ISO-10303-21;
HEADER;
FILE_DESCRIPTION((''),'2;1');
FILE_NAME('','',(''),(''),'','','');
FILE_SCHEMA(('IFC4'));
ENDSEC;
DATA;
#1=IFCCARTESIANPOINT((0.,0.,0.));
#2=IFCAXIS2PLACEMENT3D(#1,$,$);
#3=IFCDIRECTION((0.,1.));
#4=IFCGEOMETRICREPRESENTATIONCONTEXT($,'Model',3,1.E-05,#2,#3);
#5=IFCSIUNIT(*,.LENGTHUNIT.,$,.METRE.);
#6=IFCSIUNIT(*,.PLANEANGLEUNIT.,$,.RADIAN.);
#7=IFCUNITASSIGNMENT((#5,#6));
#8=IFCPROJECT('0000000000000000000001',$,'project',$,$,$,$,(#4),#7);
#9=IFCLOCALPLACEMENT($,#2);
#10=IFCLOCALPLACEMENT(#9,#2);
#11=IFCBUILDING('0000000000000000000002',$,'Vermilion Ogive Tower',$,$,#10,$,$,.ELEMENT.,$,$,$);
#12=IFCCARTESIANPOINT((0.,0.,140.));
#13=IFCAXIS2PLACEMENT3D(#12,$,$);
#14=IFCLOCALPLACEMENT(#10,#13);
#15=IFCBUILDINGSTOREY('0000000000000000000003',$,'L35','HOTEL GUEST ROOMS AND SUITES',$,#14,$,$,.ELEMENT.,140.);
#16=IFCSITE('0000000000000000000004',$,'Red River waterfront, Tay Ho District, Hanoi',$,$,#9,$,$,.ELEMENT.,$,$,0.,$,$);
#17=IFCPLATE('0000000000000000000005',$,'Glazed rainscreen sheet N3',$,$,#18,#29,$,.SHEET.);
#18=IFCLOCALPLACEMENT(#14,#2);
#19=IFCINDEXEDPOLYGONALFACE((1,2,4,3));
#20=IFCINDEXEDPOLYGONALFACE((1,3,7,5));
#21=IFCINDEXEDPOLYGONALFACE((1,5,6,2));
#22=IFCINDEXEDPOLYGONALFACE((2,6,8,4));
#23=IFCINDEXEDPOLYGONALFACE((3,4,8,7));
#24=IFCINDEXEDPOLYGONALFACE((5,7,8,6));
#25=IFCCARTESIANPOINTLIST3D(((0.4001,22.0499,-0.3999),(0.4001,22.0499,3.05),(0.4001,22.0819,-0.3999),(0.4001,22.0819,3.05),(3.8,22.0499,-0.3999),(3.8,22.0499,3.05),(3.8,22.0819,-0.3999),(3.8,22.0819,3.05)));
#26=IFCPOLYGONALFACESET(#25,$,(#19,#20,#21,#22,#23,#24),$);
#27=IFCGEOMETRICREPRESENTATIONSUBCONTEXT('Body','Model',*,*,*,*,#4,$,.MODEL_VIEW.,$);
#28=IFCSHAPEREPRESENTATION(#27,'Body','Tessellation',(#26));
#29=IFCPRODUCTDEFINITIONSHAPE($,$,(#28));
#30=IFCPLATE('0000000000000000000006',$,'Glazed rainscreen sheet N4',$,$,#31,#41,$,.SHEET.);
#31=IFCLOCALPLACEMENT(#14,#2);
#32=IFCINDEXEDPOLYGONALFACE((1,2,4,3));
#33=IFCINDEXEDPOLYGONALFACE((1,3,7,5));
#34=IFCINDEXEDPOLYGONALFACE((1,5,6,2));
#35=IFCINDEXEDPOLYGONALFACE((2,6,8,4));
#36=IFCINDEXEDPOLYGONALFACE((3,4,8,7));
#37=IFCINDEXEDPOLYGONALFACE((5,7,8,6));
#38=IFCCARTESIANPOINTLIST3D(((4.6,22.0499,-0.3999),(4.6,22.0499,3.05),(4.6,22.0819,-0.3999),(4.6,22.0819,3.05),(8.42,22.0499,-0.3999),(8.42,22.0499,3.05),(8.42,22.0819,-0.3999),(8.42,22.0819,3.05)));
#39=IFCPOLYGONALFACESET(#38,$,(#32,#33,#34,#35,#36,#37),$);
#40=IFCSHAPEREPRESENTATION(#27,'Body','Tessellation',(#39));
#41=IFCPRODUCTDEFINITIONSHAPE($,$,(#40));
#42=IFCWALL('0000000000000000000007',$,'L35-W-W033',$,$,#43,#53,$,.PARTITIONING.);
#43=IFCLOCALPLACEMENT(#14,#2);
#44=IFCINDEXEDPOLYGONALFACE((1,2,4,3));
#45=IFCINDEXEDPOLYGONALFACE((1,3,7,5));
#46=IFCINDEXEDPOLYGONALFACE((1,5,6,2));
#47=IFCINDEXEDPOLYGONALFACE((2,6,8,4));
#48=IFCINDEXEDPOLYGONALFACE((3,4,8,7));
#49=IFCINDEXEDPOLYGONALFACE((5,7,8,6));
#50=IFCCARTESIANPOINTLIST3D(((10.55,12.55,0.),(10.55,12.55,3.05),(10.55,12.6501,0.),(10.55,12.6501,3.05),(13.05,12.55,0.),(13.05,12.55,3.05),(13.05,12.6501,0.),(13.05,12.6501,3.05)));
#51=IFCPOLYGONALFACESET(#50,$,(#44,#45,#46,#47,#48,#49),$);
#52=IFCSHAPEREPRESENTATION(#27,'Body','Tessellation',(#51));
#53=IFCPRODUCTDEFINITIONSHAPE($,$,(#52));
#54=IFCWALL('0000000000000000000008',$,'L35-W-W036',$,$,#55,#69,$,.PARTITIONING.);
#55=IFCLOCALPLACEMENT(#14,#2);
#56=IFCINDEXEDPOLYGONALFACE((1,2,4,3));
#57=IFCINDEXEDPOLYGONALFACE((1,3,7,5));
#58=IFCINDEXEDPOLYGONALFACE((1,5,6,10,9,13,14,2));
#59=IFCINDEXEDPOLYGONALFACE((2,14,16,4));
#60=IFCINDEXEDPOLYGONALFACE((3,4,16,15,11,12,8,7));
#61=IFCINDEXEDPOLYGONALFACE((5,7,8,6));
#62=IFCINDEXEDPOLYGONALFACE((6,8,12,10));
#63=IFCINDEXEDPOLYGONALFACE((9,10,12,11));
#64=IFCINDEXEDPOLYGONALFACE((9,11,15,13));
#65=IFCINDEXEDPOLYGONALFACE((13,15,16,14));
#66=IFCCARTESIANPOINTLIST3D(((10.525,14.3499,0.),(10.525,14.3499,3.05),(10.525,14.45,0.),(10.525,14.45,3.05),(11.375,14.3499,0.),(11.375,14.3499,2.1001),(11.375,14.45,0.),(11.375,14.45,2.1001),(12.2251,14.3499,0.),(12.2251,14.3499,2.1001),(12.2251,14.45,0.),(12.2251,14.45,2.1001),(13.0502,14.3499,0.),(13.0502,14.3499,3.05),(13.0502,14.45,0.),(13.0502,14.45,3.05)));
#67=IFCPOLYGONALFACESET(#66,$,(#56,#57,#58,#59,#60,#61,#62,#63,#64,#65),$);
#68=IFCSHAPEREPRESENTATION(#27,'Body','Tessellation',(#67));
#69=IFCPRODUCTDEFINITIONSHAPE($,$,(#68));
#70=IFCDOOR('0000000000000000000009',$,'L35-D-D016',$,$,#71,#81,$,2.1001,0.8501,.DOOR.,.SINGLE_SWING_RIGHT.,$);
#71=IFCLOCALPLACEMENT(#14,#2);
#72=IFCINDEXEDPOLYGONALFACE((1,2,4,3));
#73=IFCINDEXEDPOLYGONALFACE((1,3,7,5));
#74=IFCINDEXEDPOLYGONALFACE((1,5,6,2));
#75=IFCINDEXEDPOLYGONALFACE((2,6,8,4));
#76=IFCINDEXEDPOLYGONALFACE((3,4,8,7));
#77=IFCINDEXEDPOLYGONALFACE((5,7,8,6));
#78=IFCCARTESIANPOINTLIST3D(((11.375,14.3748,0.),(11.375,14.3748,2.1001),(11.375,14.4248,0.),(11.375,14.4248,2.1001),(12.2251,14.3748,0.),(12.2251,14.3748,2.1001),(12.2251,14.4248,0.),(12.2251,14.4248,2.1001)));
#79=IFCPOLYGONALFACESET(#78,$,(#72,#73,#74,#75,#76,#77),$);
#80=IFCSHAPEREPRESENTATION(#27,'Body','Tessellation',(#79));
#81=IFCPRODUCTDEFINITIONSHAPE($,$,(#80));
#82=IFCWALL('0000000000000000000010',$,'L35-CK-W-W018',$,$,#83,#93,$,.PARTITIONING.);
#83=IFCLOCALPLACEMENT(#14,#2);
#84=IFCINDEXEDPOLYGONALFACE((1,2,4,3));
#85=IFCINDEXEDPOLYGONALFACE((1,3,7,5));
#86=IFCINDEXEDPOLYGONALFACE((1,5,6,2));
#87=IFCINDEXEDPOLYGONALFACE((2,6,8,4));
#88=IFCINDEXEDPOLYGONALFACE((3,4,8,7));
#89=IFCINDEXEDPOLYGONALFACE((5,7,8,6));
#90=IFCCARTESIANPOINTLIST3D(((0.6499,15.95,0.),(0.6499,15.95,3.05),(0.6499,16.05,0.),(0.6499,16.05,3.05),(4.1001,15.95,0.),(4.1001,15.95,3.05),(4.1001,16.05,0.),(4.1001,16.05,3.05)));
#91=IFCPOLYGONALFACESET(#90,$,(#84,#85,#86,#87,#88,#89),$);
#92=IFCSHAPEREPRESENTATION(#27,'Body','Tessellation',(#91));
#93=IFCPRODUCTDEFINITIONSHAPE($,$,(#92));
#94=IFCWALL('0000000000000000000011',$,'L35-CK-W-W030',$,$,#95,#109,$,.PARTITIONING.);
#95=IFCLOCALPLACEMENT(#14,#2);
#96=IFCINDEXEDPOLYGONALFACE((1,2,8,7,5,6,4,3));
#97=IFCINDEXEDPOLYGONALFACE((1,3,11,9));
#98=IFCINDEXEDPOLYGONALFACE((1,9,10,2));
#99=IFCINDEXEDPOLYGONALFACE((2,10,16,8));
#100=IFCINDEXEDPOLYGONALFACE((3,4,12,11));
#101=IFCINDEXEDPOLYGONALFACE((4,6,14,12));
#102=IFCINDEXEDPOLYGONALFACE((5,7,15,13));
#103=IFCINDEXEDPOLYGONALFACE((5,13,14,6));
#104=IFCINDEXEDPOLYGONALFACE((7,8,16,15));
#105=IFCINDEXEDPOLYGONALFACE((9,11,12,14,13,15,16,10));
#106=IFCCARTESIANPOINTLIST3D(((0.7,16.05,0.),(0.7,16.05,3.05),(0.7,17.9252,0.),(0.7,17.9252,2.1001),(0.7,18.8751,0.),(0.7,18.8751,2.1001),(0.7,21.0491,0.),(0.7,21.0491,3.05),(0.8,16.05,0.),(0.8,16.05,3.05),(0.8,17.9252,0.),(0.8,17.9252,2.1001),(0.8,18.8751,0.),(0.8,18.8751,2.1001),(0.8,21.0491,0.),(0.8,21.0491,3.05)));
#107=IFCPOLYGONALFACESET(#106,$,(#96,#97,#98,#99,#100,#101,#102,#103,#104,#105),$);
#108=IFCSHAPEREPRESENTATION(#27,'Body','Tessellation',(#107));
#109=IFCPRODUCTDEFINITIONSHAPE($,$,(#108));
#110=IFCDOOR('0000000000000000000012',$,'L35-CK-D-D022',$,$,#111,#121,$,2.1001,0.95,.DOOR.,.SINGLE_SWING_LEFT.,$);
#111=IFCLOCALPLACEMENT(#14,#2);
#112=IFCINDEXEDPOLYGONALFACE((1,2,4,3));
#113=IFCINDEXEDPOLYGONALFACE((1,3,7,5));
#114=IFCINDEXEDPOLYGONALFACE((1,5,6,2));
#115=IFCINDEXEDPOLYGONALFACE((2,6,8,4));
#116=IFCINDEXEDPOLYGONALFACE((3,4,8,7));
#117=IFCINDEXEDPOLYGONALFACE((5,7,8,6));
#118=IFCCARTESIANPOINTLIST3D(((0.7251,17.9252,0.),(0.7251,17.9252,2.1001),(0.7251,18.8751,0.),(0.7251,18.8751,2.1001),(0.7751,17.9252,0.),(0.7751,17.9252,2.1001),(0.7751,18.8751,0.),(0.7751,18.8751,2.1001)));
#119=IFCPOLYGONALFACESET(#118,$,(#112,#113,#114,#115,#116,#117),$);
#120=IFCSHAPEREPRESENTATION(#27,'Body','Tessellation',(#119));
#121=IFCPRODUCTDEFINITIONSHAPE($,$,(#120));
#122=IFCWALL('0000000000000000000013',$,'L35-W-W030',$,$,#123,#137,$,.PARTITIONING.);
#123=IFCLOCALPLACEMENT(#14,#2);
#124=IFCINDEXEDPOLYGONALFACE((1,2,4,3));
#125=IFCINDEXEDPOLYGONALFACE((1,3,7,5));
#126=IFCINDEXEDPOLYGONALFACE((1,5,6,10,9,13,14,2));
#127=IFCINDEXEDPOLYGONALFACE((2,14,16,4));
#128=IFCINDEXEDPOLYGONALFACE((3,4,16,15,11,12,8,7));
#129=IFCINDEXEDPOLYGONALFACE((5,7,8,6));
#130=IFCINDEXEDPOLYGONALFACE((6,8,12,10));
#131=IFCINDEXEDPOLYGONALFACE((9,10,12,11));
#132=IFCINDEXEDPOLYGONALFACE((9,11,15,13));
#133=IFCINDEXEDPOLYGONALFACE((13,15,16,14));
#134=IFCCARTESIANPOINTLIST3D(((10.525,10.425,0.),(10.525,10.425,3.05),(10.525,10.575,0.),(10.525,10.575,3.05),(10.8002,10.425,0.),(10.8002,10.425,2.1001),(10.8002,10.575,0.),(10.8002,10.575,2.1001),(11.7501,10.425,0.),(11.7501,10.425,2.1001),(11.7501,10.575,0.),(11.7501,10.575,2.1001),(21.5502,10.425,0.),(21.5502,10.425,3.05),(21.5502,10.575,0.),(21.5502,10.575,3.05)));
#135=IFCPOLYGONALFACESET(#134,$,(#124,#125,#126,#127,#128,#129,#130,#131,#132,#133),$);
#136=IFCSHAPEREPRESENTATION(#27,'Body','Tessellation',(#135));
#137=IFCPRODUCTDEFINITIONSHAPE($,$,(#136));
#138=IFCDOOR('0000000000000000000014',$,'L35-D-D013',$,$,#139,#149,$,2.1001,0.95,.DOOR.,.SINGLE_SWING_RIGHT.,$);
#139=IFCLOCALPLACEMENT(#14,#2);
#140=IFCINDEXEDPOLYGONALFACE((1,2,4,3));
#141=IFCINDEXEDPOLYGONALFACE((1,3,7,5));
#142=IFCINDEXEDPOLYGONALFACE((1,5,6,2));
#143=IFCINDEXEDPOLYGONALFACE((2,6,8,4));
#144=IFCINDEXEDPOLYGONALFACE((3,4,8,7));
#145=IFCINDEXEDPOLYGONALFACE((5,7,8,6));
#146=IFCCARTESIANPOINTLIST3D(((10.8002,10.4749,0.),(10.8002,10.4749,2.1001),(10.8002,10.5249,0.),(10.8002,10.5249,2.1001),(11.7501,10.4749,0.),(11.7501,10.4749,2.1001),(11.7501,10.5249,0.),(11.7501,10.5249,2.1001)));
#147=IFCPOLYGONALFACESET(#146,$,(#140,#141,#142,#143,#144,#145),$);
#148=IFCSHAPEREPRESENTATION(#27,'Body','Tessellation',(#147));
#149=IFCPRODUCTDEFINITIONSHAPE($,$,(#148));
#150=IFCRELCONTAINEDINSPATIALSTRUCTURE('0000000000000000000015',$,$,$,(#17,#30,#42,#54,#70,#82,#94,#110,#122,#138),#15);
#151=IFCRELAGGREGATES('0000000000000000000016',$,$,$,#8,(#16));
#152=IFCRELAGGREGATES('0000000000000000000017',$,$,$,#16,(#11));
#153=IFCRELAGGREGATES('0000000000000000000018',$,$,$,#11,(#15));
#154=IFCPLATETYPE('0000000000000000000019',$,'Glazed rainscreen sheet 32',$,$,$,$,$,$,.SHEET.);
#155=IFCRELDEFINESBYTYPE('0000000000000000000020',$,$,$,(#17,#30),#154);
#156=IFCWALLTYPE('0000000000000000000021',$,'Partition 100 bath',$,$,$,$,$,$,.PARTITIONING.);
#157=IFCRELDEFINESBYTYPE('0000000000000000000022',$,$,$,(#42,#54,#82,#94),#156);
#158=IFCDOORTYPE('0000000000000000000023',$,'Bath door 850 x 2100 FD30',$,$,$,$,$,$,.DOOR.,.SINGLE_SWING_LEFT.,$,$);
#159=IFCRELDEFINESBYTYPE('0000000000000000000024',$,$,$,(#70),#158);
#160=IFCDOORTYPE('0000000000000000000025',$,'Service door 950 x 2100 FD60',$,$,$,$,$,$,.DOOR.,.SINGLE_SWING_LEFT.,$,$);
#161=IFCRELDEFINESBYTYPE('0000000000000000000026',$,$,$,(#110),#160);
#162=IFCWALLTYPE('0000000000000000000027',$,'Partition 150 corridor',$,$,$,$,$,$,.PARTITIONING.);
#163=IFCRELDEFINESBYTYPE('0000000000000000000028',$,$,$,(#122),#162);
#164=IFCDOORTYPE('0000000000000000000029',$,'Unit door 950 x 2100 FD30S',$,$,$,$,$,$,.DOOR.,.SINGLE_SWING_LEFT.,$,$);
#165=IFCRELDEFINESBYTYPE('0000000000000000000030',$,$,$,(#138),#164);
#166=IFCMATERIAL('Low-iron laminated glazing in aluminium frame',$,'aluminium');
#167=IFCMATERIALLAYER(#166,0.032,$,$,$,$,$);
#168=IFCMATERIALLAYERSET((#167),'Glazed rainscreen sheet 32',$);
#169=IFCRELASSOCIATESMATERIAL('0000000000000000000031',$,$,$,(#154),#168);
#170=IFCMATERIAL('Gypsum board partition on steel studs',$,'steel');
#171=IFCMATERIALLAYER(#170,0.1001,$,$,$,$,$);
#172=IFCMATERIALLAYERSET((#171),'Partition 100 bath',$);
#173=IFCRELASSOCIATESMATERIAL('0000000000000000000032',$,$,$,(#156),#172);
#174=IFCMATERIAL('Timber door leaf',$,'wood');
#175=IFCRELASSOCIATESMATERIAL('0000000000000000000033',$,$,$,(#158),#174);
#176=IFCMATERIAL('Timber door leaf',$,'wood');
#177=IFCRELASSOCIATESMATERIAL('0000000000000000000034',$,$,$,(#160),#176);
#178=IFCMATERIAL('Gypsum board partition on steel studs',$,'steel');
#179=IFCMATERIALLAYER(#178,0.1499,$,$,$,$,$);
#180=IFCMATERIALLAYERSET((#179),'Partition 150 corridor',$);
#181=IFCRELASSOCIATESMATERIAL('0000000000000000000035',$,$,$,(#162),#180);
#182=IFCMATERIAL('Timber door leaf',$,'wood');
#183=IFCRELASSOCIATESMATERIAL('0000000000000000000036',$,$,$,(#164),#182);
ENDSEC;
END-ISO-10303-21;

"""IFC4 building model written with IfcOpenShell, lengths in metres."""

from ifc_helpers import new_model, si_unit, direction, frame, frame_2d, origin, origin_2d, place, context, subcontext, project, spatial, rectangle, extrude, material, layer, layer_set, type_object, element, fill, save


model = new_model("IFC4")

# Units and contexts
model_context = context("Model", 3, precision=1e-05, world=origin(), true_north=direction((0.0, 1.0)))
body_context = subcontext(model_context, "Body", "Model", "MODEL_VIEW")
ifc_project = project(units=[si_unit("LENGTHUNIT", "METRE"), si_unit("PLANEANGLEUNIT", "RADIAN")], contexts=[model_context])

# Site, building, storey
site_placement = place(None, origin())
site = spatial("IfcSite", under=ifc_project, at=site_placement, Name="Red River waterfront, Tay Ho District, Hanoi", CompositionType="ELEMENT", RefElevation=0.0)
building_placement = place(site_placement, origin())
building = spatial("IfcBuilding", under=site, at=building_placement, Name="Vermilion Ogive Tower", CompositionType="ELEMENT")
storey_placement = place(building_placement, frame((0.0, 0.0, 140.0)))
storey = spatial("IfcBuildingStorey", under=building, at=storey_placement, Name="L35", Description="HOTEL GUEST ROOMS AND SUITES", CompositionType="ELEMENT", Elevation=140.0)

# Plates
ifc_material_1 = material(Name="Low-iron laminated glazing in aluminium frame", Category="aluminium")
ifc_layer_1 = layer(ifc_material_1, 0.032)
ifc_layer_set_1 = layer_set([ifc_layer_1], Name="Glazed rainscreen sheet 32")
plate_type = type_object("IfcPlateType", Name="Glazed rainscreen sheet 32", PredefinedType="SHEET", material=ifc_layer_set_1)
plate_1_placement = place(storey_placement, frame((2.1001, 22.0659, -0.3999), z_axis=(0.0, 0.0, 1.0), x_axis=(1.0, 0.0, 0.0)))
element("IfcPlate", 1, at=plate_1_placement, inside=storey, type_object=plate_type, Name="Glazed rainscreen sheet N3", PredefinedType="SHEET", context=body_context, shape_type="SweptSolid", body=[
    extrude(rectangle(XDim=3.3999, YDim=0.032, at=origin_2d()), origin(), (0.0, 0.0, 1.0), 3.45),
])
plate_2_placement = place(storey_placement, frame((6.51, 22.0659, -0.3999), z_axis=(0.0, 0.0, 1.0), x_axis=(1.0, 0.0, 0.0)))
element("IfcPlate", 2, at=plate_2_placement, inside=storey, type_object=plate_type, Name="Glazed rainscreen sheet N4", PredefinedType="SHEET", context=body_context, shape_type="SweptSolid", body=[
    extrude(rectangle(XDim=3.8201, YDim=0.032, at=origin_2d()), origin(), (0.0, 0.0, 1.0), 3.45),
])

# Wall
ifc_material_2 = material(Name="Gypsum board partition on steel studs", Category="steel")
ifc_layer_2 = layer(ifc_material_2, 0.1001)
ifc_layer_set_2 = layer_set([ifc_layer_2], Name="Partition 100 bath")
wall_type_1 = type_object("IfcWallType", Name="Partition 100 bath", PredefinedType="PARTITIONING", material=ifc_layer_set_2)
wall_1_placement = place(storey_placement, frame((10.55, 12.6001, 0.0), z_axis=(0.0, 0.0, 1.0), x_axis=(1.0, 0.0, 0.0)))
element("IfcWall", 3, at=wall_1_placement, inside=storey, type_object=wall_type_1, Name="L35-W-W033", PredefinedType="PARTITIONING", context=body_context, shape_type="SweptSolid", body=[
    extrude(rectangle(XDim=2.5, YDim=0.1001, at=frame_2d((1.25, 0.0))), origin(), (0.0, 0.0, 1.0), 3.05),
])

# Wall, opening, door
wall_2_placement = place(storey_placement, frame((10.5249, 14.3999, 0.0), z_axis=(0.0, 0.0, 1.0), x_axis=(1.0, 0.0, 0.0)))
wall_2 = element("IfcWall", 4, at=wall_2_placement, inside=storey, type_object=wall_type_1, Name="L35-W-W036", PredefinedType="PARTITIONING", context=body_context, shape_type="SweptSolid", body=[
    extrude(rectangle(XDim=2.5251, YDim=0.1001, at=frame_2d((1.2627, 0.0))), origin(), (0.0, 0.0, 1.0), 3.05),
])
opening_1_placement = place(wall_2_placement, frame((0.8501, 0.0, 0.0)))
opening_1 = element("IfcOpeningElement", 5, at=opening_1_placement, cuts=wall_2, PredefinedType="OPENING", context=body_context, shape_type="SweptSolid", body=[
    extrude(rectangle(XDim=0.8501, YDim=2.1001, at=frame_2d((0.425, 1.05))), frame((0.0, 0.0601, 0.0), z_axis=(0.0, -1.0, 0.0), x_axis=(1.0, 0.0, 0.0)), (0.0, 0.0, 1.0), 0.1201),
])
ifc_material_3 = material(Name="Timber door leaf", Category="wood")
door_type_1 = type_object("IfcDoorType", Name="Bath door 850 x 2100 FD30", OperationType="SINGLE_SWING_LEFT", PredefinedType="DOOR", material=ifc_material_3)
door_1_placement = place(opening_1_placement, origin())
door_1 = element("IfcDoor", 6, at=door_1_placement, inside=storey, type_object=door_type_1, Name="L35-D-D016", OperationType="SINGLE_SWING_RIGHT", OverallHeight=2.1001, OverallWidth=0.8501, PredefinedType="DOOR", context=body_context, shape_type="SweptSolid", body=[
    extrude(rectangle(XDim=0.8501, YDim=2.1001, at=frame_2d((0.425, 1.05))), frame((0.0, 0.0249, 0.0), z_axis=(0.0, -1.0, 0.0), x_axis=(1.0, 0.0, 0.0)), (0.0, 0.0, 1.0), 0.05),
])
fill(opening_1, door_1)

# Wall
wall_3_placement = place(storey_placement, frame((0.6499, 16.0, 0.0), z_axis=(0.0, 0.0, 1.0), x_axis=(1.0, 0.0, 0.0)))
element("IfcWall", 7, at=wall_3_placement, inside=storey, type_object=wall_type_1, Name="L35-CK-W-W018", PredefinedType="PARTITIONING", context=body_context, shape_type="SweptSolid", body=[
    extrude(rectangle(XDim=3.4502, YDim=0.1001, at=frame_2d((1.7251, 0.0))), origin(), (0.0, 0.0, 1.0), 3.05),
])

# Walls, openings, doors
wall_4_placement = place(storey_placement, frame((0.75, 16.05, 0.0), z_axis=(0.0, 0.0, 1.0), x_axis=(0.0, 1.0, 0.0)))
wall_4 = element("IfcWall", 8, at=wall_4_placement, inside=storey, type_object=wall_type_1, Name="L35-CK-W-W030", PredefinedType="PARTITIONING", context=body_context, shape_type="SweptSolid", body=[
    extrude(rectangle(XDim=4.999, YDim=0.1001, at=frame_2d((2.4995, 0.0))), origin(), (0.0, 0.0, 1.0), 3.05),
])
opening_2_placement = place(wall_4_placement, frame((1.875, 0.0, 0.0)))
opening_2 = element("IfcOpeningElement", 9, at=opening_2_placement, cuts=wall_4, PredefinedType="OPENING", context=body_context, shape_type="SweptSolid", body=[
    extrude(rectangle(XDim=0.95, YDim=2.1001, at=frame_2d((0.4751, 1.05))), frame((0.0, 0.0601, 0.0), z_axis=(0.0, -1.0, 0.0), x_axis=(1.0, 0.0, 0.0)), (0.0, 0.0, 1.0), 0.1201),
])
ifc_material_4 = material(Name="Timber door leaf", Category="wood")
door_type_2 = type_object("IfcDoorType", Name="Service door 950 x 2100 FD60", OperationType="SINGLE_SWING_LEFT", PredefinedType="DOOR", material=ifc_material_4)
door_2_placement = place(opening_2_placement, origin())
door_2 = element("IfcDoor", 10, at=door_2_placement, inside=storey, type_object=door_type_2, Name="L35-CK-D-D022", OperationType="SINGLE_SWING_LEFT", OverallHeight=2.1001, OverallWidth=0.95, PredefinedType="DOOR", context=body_context, shape_type="SweptSolid", body=[
    extrude(rectangle(XDim=0.95, YDim=2.1001, at=frame_2d((0.4751, 1.05))), frame((0.0, 0.0249, 0.0), z_axis=(0.0, -1.0, 0.0), x_axis=(1.0, 0.0, 0.0)), (0.0, 0.0, 1.0), 0.05),
])
fill(opening_2, door_2)
ifc_material_5 = material(Name="Gypsum board partition on steel studs", Category="steel")
ifc_layer_3 = layer(ifc_material_5, 0.1499)
ifc_layer_set_3 = layer_set([ifc_layer_3], Name="Partition 150 corridor")
wall_type_2 = type_object("IfcWallType", Name="Partition 150 corridor", PredefinedType="PARTITIONING", material=ifc_layer_set_3)
wall_5_placement = place(storey_placement, frame((10.5249, 10.5, 0.0), z_axis=(0.0, 0.0, 1.0), x_axis=(1.0, 0.0, 0.0)))
wall_5 = element("IfcWall", 11, at=wall_5_placement, inside=storey, type_object=wall_type_2, Name="L35-W-W030", PredefinedType="PARTITIONING", context=body_context, shape_type="SweptSolid", body=[
    extrude(rectangle(XDim=11.0251, YDim=0.1499, at=frame_2d((5.5127, 0.0))), origin(), (0.0, 0.0, 1.0), 3.05),
])
opening_3_placement = place(wall_5_placement, frame((0.2751, 0.0, 0.0)))
opening_3 = element("IfcOpeningElement", 12, at=opening_3_placement, cuts=wall_5, PredefinedType="OPENING", context=body_context, shape_type="SweptSolid", body=[
    extrude(rectangle(XDim=0.95, YDim=2.1001, at=frame_2d((0.4751, 1.05))), frame((0.0, 0.085, 0.0), z_axis=(0.0, -1.0, 0.0), x_axis=(1.0, 0.0, 0.0)), (0.0, 0.0, 1.0), 0.1699),
])
ifc_material_6 = material(Name="Timber door leaf", Category="wood")
door_type_3 = type_object("IfcDoorType", Name="Unit door 950 x 2100 FD30S", OperationType="SINGLE_SWING_LEFT", PredefinedType="DOOR", material=ifc_material_6)
door_3_placement = place(opening_3_placement, origin())
door_3 = element("IfcDoor", 13, at=door_3_placement, inside=storey, type_object=door_type_3, Name="L35-D-D013", OperationType="SINGLE_SWING_RIGHT", OverallHeight=2.1001, OverallWidth=0.95, PredefinedType="DOOR", context=body_context, shape_type="SweptSolid", body=[
    extrude(rectangle(XDim=0.95, YDim=2.1001, at=frame_2d((0.4751, 1.05))), frame((0.0, 0.0249, 0.0), z_axis=(0.0, -1.0, 0.0), x_axis=(1.0, 0.0, 0.0)), (0.0, 0.0, 1.0), 0.05),
])
fill(opening_3, door_3)

save(model, "model.ifc")
